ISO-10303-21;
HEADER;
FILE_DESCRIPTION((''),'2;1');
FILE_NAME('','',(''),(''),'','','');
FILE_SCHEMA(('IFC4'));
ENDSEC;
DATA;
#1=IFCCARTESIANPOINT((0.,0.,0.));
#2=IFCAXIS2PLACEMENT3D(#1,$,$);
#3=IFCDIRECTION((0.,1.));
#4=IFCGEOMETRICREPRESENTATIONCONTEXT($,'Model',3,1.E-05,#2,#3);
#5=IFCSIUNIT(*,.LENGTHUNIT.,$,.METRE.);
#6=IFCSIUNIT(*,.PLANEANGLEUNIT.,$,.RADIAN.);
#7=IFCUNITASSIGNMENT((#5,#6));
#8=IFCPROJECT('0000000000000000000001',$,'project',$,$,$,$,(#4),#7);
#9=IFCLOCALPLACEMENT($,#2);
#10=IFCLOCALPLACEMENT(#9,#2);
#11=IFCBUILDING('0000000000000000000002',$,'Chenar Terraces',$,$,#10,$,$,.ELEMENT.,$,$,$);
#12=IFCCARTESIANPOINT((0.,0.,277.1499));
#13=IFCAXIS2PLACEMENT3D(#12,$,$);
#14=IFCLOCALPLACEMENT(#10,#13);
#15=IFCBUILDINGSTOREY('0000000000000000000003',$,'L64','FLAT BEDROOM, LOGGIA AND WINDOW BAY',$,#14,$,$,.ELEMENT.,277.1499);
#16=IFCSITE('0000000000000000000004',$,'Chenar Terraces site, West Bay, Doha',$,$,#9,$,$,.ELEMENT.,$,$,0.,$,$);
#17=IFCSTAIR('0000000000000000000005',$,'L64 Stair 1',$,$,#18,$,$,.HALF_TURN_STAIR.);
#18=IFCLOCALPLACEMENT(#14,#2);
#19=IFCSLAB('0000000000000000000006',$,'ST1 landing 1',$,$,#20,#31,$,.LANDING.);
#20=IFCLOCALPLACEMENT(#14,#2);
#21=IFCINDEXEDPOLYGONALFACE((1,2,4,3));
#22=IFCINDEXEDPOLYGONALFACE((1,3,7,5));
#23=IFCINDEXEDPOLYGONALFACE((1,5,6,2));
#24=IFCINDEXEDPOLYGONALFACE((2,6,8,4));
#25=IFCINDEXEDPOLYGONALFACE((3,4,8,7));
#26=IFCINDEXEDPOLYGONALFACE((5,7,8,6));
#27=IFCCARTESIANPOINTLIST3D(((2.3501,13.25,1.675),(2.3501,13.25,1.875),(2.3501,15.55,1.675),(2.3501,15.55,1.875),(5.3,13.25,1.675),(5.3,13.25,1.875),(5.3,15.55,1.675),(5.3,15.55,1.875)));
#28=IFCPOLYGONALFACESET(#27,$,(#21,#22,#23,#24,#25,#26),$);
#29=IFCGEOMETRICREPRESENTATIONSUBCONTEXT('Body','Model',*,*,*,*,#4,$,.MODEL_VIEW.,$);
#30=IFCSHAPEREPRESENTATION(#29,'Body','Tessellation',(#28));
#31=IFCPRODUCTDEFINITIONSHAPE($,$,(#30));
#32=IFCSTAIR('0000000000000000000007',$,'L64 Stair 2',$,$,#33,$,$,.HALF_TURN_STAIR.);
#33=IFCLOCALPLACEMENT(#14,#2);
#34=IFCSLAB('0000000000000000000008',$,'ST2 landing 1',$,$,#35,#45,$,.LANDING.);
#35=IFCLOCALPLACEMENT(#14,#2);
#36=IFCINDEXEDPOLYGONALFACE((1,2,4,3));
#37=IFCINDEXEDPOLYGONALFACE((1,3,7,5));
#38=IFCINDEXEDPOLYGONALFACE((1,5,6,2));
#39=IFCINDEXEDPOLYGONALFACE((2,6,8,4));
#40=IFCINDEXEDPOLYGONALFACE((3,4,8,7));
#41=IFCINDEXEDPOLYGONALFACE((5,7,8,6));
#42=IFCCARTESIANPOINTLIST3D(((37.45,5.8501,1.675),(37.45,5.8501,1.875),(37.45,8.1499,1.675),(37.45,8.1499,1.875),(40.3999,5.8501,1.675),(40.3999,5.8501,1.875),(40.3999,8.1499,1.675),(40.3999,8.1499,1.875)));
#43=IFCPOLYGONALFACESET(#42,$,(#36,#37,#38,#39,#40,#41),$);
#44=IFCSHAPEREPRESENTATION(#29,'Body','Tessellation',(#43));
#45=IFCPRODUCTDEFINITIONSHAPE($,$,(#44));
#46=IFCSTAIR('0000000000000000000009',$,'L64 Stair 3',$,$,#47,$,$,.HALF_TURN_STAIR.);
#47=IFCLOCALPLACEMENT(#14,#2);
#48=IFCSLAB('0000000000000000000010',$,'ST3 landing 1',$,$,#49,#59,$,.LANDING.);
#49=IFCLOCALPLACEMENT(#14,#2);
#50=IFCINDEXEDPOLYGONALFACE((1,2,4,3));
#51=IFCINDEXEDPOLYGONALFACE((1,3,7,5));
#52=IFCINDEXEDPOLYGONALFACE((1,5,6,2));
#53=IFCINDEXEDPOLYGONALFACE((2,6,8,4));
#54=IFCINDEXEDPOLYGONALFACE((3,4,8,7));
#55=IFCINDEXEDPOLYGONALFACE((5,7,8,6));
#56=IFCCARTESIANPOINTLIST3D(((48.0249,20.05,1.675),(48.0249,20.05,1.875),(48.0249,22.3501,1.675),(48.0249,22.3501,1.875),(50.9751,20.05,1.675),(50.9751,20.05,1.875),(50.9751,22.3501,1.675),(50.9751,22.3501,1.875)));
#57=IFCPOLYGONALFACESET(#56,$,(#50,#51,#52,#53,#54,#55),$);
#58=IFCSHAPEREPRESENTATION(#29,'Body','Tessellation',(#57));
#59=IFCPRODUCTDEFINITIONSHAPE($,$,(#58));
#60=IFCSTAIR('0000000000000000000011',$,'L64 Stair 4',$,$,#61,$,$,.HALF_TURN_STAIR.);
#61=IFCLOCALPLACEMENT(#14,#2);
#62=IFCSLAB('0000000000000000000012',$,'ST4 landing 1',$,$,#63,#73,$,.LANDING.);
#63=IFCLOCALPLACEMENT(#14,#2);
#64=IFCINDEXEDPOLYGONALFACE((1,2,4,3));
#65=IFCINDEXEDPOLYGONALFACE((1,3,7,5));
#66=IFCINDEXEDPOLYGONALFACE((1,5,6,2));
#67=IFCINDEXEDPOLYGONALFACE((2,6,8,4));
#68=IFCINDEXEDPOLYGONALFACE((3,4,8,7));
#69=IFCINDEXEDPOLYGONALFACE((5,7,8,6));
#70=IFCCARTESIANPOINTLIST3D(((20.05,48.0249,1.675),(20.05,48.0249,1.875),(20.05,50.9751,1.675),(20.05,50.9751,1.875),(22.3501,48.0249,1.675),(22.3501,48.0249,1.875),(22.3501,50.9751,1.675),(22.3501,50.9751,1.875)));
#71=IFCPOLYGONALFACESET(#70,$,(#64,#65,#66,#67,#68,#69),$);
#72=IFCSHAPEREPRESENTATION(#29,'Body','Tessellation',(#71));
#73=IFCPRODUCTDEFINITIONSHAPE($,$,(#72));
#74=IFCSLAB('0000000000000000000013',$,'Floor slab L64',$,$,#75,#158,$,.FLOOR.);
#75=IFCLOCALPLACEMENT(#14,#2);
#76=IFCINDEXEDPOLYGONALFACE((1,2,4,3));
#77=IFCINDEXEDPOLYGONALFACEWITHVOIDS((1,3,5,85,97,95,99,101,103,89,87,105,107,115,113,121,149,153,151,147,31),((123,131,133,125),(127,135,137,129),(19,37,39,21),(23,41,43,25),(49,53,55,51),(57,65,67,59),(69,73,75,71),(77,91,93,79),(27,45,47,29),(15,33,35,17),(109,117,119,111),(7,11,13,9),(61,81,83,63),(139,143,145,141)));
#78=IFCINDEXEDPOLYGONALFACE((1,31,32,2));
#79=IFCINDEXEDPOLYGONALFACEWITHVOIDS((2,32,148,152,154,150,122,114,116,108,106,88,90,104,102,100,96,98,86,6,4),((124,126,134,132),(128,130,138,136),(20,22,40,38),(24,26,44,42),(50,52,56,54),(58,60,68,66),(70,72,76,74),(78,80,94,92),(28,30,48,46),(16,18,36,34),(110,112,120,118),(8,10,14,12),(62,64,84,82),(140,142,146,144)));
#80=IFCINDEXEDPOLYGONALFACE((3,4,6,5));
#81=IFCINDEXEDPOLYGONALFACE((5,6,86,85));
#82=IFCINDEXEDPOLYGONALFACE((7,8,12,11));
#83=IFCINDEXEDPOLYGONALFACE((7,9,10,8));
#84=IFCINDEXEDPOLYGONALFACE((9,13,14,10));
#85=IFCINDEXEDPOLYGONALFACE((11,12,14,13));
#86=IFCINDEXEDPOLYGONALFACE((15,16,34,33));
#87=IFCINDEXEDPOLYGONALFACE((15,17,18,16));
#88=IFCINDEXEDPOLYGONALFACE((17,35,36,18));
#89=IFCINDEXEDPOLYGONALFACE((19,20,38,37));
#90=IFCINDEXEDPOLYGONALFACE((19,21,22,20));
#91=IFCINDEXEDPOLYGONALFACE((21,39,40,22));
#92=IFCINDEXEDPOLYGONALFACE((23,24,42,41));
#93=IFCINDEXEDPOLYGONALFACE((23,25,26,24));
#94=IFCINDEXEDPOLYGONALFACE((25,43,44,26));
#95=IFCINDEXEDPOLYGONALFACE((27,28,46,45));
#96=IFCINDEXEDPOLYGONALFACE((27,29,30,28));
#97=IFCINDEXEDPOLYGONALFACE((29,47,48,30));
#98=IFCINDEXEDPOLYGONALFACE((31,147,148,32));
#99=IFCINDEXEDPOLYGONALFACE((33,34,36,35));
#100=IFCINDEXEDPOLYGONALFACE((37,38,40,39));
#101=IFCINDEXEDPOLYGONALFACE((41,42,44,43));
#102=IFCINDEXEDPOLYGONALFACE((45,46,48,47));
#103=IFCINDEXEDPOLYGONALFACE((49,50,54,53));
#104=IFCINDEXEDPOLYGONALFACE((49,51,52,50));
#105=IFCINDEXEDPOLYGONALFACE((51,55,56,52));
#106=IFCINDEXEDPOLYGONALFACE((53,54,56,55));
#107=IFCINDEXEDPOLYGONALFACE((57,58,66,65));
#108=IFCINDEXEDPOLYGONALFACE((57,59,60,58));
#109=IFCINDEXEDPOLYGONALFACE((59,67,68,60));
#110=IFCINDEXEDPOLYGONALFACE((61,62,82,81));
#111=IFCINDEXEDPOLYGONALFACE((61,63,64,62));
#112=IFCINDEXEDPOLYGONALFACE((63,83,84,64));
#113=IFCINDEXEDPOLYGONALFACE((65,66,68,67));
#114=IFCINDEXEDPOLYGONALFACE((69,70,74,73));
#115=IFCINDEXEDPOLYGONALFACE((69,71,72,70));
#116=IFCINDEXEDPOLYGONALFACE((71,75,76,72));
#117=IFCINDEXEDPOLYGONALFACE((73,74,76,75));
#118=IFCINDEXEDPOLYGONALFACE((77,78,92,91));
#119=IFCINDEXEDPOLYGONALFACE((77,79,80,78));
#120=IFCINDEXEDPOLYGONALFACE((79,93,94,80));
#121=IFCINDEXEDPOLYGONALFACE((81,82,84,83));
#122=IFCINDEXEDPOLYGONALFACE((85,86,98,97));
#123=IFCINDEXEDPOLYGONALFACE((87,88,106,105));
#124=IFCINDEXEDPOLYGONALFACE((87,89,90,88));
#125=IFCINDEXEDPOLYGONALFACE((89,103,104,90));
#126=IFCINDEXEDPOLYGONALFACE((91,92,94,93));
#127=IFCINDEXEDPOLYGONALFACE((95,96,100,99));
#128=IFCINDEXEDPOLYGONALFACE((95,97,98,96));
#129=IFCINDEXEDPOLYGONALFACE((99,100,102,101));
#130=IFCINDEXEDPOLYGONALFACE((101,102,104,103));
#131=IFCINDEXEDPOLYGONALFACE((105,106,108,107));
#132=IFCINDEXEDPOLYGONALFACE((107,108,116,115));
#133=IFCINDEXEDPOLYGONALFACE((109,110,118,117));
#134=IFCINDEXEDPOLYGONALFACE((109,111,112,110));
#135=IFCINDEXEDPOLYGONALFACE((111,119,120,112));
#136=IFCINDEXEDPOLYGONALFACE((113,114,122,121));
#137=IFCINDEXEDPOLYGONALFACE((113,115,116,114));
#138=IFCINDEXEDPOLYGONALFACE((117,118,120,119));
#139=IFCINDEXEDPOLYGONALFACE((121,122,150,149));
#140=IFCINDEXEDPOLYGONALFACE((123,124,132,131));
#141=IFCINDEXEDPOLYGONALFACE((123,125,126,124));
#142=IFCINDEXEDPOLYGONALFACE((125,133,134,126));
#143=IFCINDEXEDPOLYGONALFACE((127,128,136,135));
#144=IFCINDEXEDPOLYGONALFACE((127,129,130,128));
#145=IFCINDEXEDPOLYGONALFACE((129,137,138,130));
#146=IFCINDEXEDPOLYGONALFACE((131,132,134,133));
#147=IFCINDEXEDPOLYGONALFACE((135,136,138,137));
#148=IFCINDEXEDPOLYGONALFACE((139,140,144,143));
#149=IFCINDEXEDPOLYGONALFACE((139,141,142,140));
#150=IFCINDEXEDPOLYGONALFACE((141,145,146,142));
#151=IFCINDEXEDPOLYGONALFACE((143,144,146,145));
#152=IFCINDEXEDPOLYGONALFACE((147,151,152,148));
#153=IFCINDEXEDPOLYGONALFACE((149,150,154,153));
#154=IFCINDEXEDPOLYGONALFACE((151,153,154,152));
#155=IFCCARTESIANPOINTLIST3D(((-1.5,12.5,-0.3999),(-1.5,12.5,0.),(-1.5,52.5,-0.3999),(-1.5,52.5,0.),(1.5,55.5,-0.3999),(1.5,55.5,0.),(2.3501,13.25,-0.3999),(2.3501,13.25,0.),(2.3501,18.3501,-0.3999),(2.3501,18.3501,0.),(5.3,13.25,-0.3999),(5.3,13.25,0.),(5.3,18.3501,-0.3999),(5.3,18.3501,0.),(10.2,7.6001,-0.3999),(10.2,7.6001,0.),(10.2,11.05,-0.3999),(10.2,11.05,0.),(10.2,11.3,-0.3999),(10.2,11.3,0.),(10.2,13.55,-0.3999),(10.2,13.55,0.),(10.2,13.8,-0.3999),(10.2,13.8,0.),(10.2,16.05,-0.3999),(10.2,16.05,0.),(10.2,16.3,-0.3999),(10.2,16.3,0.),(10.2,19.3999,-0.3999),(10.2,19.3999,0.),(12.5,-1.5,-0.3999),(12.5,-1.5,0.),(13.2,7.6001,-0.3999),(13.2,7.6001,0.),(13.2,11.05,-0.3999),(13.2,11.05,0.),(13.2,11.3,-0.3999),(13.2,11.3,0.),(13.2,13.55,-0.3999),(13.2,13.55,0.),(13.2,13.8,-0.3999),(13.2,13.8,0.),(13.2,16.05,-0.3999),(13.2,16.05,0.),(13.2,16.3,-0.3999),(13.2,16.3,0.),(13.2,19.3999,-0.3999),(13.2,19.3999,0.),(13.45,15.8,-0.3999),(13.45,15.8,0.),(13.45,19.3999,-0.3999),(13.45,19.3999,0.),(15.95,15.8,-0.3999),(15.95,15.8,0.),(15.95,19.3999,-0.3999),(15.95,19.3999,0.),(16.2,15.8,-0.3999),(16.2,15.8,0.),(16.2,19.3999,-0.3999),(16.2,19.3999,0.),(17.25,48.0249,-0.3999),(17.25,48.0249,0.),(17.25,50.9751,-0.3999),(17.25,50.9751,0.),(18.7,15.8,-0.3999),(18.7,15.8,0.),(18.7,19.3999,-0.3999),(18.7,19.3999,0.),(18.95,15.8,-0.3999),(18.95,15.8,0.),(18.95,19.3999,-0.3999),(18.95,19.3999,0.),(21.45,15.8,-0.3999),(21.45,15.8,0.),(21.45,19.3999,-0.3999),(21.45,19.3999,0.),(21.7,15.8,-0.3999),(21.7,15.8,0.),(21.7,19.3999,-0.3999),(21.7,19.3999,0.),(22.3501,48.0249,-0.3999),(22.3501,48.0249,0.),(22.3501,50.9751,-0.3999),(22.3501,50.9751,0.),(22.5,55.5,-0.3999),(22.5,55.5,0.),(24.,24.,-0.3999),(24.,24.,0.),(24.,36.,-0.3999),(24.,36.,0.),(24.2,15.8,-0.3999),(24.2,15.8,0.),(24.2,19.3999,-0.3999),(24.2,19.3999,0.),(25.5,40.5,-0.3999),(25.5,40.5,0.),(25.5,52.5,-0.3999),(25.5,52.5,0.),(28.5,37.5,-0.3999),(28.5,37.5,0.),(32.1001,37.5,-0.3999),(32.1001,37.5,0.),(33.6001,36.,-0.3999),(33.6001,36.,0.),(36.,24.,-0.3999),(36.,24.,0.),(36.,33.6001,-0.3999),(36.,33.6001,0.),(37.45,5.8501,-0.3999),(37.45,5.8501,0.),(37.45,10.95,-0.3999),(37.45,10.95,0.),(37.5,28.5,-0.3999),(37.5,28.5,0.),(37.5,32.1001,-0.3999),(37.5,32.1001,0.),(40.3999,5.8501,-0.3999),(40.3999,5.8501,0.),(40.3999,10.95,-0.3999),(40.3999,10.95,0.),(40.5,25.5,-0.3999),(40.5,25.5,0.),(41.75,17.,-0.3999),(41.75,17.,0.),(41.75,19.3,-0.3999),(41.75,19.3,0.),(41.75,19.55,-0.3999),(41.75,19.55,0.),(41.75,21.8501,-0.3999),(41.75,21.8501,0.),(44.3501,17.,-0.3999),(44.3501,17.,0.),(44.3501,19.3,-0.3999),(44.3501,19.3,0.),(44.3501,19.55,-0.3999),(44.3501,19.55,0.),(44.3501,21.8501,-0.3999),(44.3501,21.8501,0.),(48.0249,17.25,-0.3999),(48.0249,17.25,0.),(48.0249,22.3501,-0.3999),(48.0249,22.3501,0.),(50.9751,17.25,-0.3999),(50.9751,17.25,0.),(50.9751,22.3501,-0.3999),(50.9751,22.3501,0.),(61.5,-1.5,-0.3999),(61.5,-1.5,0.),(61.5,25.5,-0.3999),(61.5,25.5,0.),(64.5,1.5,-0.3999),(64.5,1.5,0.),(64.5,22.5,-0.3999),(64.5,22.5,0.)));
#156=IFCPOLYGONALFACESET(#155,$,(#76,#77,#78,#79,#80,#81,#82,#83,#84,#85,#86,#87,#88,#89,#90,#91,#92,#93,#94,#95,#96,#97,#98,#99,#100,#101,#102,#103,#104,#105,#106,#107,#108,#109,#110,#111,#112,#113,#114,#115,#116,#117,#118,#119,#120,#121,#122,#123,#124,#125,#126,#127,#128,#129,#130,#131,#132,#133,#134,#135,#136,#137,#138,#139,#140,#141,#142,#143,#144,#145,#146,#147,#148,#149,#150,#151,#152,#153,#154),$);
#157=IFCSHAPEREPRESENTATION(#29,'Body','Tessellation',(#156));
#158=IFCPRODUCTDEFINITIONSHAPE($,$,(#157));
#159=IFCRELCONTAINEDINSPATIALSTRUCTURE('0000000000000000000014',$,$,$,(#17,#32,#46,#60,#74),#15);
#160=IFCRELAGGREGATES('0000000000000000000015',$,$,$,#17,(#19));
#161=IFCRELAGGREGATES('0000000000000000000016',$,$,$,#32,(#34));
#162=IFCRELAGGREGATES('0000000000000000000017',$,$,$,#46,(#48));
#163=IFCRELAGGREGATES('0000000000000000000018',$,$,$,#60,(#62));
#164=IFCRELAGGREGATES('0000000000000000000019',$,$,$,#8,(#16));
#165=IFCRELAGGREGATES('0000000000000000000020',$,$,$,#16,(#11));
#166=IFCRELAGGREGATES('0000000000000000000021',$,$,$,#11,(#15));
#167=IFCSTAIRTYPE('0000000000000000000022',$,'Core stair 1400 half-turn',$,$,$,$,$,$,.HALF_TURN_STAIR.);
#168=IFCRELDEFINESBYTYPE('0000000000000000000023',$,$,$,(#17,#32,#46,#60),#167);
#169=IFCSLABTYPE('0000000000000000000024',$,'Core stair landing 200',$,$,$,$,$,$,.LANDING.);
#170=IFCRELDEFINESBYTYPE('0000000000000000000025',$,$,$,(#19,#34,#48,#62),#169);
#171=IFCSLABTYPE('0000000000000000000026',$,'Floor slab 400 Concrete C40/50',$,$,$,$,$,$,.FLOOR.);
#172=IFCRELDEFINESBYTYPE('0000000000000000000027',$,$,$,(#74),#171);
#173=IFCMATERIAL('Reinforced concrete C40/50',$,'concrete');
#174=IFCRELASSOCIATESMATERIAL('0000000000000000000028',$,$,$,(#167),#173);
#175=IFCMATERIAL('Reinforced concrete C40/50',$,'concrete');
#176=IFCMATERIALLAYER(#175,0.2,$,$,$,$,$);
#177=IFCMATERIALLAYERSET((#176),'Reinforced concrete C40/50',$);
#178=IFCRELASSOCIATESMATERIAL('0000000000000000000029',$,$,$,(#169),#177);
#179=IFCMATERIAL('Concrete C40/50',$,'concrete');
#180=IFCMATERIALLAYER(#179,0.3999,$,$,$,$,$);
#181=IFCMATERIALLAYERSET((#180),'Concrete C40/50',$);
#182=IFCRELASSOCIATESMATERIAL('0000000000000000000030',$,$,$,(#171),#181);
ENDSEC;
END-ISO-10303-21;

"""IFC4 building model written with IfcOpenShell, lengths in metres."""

from ifc_helpers import new_model, si_unit, direction, frame, origin, place, context, subcontext, project, spatial, polyline, outline, extrude, material, layer, layer_set, type_object, element, aggregate, save


model = new_model("IFC4")

# Units and contexts
model_context = context("Model", 3, precision=1e-05, world=origin(), true_north=direction((0.0, 1.0)))
body_context = subcontext(model_context, "Body", "Model", "MODEL_VIEW")
ifc_project = project(units=[si_unit("LENGTHUNIT", "METRE"), si_unit("PLANEANGLEUNIT", "RADIAN")], contexts=[model_context])

# Site, building, storey
site_placement = place(None, origin())
site = spatial("IfcSite", under=ifc_project, at=site_placement, Name="Chenar Terraces site, West Bay, Doha", CompositionType="ELEMENT", RefElevation=0.0)
building_placement = place(site_placement, origin())
building = spatial("IfcBuilding", under=site, at=building_placement, Name="Chenar Terraces", CompositionType="ELEMENT")
storey_placement = place(building_placement, frame((0.0, 0.0, 277.1499)))
storey = spatial("IfcBuildingStorey", under=building, at=storey_placement, Name="L64", Description="FLAT BEDROOM, LOGGIA AND WINDOW BAY", CompositionType="ELEMENT", Elevation=277.1499)

# Stairs, slabs
ifc_material_1 = material(Name="Reinforced concrete C40/50", Category="concrete")
stair_type = type_object("IfcStairType", Name="Core stair 1400 half-turn", PredefinedType="HALF_TURN_STAIR", material=ifc_material_1)
placement_1 = place(storey_placement, origin())
stair_1 = element("IfcStair", 1, at=placement_1, inside=storey, type_object=stair_type, Name="L64 Stair 1", PredefinedType="HALF_TURN_STAIR")
ifc_material_2 = material(Name="Reinforced concrete C40/50", Category="concrete")
ifc_layer_1 = layer(ifc_material_2, 0.2)
ifc_layer_set_1 = layer_set([ifc_layer_1], Name="Reinforced concrete C40/50")
slab_type_1 = type_object("IfcSlabType", Name="Core stair landing 200", PredefinedType="LANDING", material=ifc_layer_set_1)
placement_2 = place(storey_placement, frame((0.0, 0.0, 1.675)))
slab_1 = element("IfcSlab", 2, at=placement_2, type_object=slab_type_1, Name="ST1 landing 1", PredefinedType="LANDING", context=body_context, shape_type="SweptSolid", body=[
    extrude(outline(polyline([(2.3501, 15.55), (2.3501, 13.25), (5.3, 13.25), (5.3, 15.55), (2.3501, 15.55)])), origin(), (0.0, 0.0, 1.0), 0.2),
])
aggregate(stair_1, [slab_1])
stair_2 = element("IfcStair", 3, at=placement_1, inside=storey, type_object=stair_type, Name="L64 Stair 2", PredefinedType="HALF_TURN_STAIR")
slab_2 = element("IfcSlab", 4, at=placement_2, type_object=slab_type_1, Name="ST2 landing 1", PredefinedType="LANDING", context=body_context, shape_type="SweptSolid", body=[
    extrude(outline(polyline([(37.45, 8.1499), (37.45, 5.8501), (40.3999, 5.8501), (40.3999, 8.1499), (37.45, 8.1499)])), origin(), (0.0, 0.0, 1.0), 0.2),
])
aggregate(stair_2, [slab_2])
stair_3 = element("IfcStair", 5, at=placement_1, inside=storey, type_object=stair_type, Name="L64 Stair 3", PredefinedType="HALF_TURN_STAIR")
slab_3 = element("IfcSlab", 6, at=placement_2, type_object=slab_type_1, Name="ST3 landing 1", PredefinedType="LANDING", context=body_context, shape_type="SweptSolid", body=[
    extrude(outline(polyline([(50.9751, 20.05), (50.9751, 22.3501), (48.0249, 22.3501), (48.0249, 20.05), (50.9751, 20.05)])), origin(), (0.0, 0.0, 1.0), 0.2),
])
aggregate(stair_3, [slab_3])
stair_4 = element("IfcStair", 7, at=placement_1, inside=storey, type_object=stair_type, Name="L64 Stair 4", PredefinedType="HALF_TURN_STAIR")
slab_4 = element("IfcSlab", 8, at=placement_2, type_object=slab_type_1, Name="ST4 landing 1", PredefinedType="LANDING", context=body_context, shape_type="SweptSolid", body=[
    extrude(outline(polyline([(20.05, 48.0249), (22.3501, 48.0249), (22.3501, 50.9751), (20.05, 50.9751), (20.05, 48.0249)])), origin(), (0.0, 0.0, 1.0), 0.2),
])
aggregate(stair_4, [slab_4])

# Slab
ifc_material_3 = material(Name="Concrete C40/50", Category="concrete")
ifc_layer_2 = layer(ifc_material_3, 0.3999)
ifc_layer_set_2 = layer_set([ifc_layer_2], Name="Concrete C40/50")
slab_type_2 = type_object("IfcSlabType", Name="Floor slab 400 Concrete C40/50", PredefinedType="FLOOR", material=ifc_layer_set_2)
slab_5_placement = place(storey_placement, frame((0.0, 0.0, -0.3999)))
element("IfcSlab", 9, at=slab_5_placement, inside=storey, type_object=slab_type_2, Name="Floor slab L64", PredefinedType="FLOOR", context=body_context, shape_type="SweptSolid", body=[
    extrude(outline(polyline([(64.5, 22.5), (64.5, 1.5), (61.5, -1.5), (12.5, -1.5), (-1.5, 12.5), (-1.5, 52.5), (1.5, 55.5), (22.5, 55.5), (25.5, 52.5), (25.5, 40.5), (28.5, 37.5), (32.1001, 37.5), (33.6001, 36.0), (24.0, 36.0), (24.0, 24.0), (36.0, 24.0), (36.0, 33.6001), (37.5, 32.1001), (37.5, 28.5), (40.5, 25.5), (61.5, 25.5), (64.5, 22.5)]), holes=[polyline([(10.2, 11.05), (10.2, 7.6001), (13.2, 7.6001), (13.2, 11.05), (10.2, 11.05)]), polyline([(13.2, 13.55), (10.2, 13.55), (10.2, 11.3), (13.2, 11.3), (13.2, 13.55)]), polyline([(13.2, 16.05), (10.2, 16.05), (10.2, 13.8), (13.2, 13.8), (13.2, 16.05)]), polyline([(2.3501, 13.25), (5.3, 13.25), (5.3, 18.3501), (2.3501, 18.3501), (2.3501, 13.25)]), polyline([(15.95, 19.3999), (13.45, 19.3999), (13.45, 15.8), (15.95, 15.8), (15.95, 19.3999)]), polyline([(18.7, 19.3999), (16.2, 19.3999), (16.2, 15.8), (18.7, 15.8), (18.7, 19.3999)]), polyline([(13.2, 19.3999), (10.2, 19.3999), (10.2, 16.3), (13.2, 16.3), (13.2, 19.3999)]), polyline([(22.3501, 48.0249), (22.3501, 50.9751), (17.25, 50.9751), (17.25, 48.0249), (22.3501, 48.0249)]), polyline([(37.45, 5.8501), (40.3999, 5.8501), (40.3999, 10.95), (37.45, 10.95), (37.45, 5.8501)]), polyline([(21.45, 19.3999), (18.95, 19.3999), (18.95, 15.8), (21.45, 15.8), (21.45, 19.3999)]), polyline([(24.2, 19.3999), (21.7, 19.3999), (21.7, 15.8), (24.2, 15.8), (24.2, 19.3999)]), polyline([(44.3501, 19.3), (41.75, 19.3), (41.75, 17.0), (44.3501, 17.0), (44.3501, 19.3)]), polyline([(50.9751, 22.3501), (48.0249, 22.3501), (48.0249, 17.25), (50.9751, 17.25), (50.9751, 22.3501)]), polyline([(44.3501, 21.8501), (41.75, 21.8501), (41.75, 19.55), (44.3501, 19.55), (44.3501, 21.8501)])]), origin(), (0.0, 0.0, 1.0), 0.3999),
])

save(model, "model.ifc")
